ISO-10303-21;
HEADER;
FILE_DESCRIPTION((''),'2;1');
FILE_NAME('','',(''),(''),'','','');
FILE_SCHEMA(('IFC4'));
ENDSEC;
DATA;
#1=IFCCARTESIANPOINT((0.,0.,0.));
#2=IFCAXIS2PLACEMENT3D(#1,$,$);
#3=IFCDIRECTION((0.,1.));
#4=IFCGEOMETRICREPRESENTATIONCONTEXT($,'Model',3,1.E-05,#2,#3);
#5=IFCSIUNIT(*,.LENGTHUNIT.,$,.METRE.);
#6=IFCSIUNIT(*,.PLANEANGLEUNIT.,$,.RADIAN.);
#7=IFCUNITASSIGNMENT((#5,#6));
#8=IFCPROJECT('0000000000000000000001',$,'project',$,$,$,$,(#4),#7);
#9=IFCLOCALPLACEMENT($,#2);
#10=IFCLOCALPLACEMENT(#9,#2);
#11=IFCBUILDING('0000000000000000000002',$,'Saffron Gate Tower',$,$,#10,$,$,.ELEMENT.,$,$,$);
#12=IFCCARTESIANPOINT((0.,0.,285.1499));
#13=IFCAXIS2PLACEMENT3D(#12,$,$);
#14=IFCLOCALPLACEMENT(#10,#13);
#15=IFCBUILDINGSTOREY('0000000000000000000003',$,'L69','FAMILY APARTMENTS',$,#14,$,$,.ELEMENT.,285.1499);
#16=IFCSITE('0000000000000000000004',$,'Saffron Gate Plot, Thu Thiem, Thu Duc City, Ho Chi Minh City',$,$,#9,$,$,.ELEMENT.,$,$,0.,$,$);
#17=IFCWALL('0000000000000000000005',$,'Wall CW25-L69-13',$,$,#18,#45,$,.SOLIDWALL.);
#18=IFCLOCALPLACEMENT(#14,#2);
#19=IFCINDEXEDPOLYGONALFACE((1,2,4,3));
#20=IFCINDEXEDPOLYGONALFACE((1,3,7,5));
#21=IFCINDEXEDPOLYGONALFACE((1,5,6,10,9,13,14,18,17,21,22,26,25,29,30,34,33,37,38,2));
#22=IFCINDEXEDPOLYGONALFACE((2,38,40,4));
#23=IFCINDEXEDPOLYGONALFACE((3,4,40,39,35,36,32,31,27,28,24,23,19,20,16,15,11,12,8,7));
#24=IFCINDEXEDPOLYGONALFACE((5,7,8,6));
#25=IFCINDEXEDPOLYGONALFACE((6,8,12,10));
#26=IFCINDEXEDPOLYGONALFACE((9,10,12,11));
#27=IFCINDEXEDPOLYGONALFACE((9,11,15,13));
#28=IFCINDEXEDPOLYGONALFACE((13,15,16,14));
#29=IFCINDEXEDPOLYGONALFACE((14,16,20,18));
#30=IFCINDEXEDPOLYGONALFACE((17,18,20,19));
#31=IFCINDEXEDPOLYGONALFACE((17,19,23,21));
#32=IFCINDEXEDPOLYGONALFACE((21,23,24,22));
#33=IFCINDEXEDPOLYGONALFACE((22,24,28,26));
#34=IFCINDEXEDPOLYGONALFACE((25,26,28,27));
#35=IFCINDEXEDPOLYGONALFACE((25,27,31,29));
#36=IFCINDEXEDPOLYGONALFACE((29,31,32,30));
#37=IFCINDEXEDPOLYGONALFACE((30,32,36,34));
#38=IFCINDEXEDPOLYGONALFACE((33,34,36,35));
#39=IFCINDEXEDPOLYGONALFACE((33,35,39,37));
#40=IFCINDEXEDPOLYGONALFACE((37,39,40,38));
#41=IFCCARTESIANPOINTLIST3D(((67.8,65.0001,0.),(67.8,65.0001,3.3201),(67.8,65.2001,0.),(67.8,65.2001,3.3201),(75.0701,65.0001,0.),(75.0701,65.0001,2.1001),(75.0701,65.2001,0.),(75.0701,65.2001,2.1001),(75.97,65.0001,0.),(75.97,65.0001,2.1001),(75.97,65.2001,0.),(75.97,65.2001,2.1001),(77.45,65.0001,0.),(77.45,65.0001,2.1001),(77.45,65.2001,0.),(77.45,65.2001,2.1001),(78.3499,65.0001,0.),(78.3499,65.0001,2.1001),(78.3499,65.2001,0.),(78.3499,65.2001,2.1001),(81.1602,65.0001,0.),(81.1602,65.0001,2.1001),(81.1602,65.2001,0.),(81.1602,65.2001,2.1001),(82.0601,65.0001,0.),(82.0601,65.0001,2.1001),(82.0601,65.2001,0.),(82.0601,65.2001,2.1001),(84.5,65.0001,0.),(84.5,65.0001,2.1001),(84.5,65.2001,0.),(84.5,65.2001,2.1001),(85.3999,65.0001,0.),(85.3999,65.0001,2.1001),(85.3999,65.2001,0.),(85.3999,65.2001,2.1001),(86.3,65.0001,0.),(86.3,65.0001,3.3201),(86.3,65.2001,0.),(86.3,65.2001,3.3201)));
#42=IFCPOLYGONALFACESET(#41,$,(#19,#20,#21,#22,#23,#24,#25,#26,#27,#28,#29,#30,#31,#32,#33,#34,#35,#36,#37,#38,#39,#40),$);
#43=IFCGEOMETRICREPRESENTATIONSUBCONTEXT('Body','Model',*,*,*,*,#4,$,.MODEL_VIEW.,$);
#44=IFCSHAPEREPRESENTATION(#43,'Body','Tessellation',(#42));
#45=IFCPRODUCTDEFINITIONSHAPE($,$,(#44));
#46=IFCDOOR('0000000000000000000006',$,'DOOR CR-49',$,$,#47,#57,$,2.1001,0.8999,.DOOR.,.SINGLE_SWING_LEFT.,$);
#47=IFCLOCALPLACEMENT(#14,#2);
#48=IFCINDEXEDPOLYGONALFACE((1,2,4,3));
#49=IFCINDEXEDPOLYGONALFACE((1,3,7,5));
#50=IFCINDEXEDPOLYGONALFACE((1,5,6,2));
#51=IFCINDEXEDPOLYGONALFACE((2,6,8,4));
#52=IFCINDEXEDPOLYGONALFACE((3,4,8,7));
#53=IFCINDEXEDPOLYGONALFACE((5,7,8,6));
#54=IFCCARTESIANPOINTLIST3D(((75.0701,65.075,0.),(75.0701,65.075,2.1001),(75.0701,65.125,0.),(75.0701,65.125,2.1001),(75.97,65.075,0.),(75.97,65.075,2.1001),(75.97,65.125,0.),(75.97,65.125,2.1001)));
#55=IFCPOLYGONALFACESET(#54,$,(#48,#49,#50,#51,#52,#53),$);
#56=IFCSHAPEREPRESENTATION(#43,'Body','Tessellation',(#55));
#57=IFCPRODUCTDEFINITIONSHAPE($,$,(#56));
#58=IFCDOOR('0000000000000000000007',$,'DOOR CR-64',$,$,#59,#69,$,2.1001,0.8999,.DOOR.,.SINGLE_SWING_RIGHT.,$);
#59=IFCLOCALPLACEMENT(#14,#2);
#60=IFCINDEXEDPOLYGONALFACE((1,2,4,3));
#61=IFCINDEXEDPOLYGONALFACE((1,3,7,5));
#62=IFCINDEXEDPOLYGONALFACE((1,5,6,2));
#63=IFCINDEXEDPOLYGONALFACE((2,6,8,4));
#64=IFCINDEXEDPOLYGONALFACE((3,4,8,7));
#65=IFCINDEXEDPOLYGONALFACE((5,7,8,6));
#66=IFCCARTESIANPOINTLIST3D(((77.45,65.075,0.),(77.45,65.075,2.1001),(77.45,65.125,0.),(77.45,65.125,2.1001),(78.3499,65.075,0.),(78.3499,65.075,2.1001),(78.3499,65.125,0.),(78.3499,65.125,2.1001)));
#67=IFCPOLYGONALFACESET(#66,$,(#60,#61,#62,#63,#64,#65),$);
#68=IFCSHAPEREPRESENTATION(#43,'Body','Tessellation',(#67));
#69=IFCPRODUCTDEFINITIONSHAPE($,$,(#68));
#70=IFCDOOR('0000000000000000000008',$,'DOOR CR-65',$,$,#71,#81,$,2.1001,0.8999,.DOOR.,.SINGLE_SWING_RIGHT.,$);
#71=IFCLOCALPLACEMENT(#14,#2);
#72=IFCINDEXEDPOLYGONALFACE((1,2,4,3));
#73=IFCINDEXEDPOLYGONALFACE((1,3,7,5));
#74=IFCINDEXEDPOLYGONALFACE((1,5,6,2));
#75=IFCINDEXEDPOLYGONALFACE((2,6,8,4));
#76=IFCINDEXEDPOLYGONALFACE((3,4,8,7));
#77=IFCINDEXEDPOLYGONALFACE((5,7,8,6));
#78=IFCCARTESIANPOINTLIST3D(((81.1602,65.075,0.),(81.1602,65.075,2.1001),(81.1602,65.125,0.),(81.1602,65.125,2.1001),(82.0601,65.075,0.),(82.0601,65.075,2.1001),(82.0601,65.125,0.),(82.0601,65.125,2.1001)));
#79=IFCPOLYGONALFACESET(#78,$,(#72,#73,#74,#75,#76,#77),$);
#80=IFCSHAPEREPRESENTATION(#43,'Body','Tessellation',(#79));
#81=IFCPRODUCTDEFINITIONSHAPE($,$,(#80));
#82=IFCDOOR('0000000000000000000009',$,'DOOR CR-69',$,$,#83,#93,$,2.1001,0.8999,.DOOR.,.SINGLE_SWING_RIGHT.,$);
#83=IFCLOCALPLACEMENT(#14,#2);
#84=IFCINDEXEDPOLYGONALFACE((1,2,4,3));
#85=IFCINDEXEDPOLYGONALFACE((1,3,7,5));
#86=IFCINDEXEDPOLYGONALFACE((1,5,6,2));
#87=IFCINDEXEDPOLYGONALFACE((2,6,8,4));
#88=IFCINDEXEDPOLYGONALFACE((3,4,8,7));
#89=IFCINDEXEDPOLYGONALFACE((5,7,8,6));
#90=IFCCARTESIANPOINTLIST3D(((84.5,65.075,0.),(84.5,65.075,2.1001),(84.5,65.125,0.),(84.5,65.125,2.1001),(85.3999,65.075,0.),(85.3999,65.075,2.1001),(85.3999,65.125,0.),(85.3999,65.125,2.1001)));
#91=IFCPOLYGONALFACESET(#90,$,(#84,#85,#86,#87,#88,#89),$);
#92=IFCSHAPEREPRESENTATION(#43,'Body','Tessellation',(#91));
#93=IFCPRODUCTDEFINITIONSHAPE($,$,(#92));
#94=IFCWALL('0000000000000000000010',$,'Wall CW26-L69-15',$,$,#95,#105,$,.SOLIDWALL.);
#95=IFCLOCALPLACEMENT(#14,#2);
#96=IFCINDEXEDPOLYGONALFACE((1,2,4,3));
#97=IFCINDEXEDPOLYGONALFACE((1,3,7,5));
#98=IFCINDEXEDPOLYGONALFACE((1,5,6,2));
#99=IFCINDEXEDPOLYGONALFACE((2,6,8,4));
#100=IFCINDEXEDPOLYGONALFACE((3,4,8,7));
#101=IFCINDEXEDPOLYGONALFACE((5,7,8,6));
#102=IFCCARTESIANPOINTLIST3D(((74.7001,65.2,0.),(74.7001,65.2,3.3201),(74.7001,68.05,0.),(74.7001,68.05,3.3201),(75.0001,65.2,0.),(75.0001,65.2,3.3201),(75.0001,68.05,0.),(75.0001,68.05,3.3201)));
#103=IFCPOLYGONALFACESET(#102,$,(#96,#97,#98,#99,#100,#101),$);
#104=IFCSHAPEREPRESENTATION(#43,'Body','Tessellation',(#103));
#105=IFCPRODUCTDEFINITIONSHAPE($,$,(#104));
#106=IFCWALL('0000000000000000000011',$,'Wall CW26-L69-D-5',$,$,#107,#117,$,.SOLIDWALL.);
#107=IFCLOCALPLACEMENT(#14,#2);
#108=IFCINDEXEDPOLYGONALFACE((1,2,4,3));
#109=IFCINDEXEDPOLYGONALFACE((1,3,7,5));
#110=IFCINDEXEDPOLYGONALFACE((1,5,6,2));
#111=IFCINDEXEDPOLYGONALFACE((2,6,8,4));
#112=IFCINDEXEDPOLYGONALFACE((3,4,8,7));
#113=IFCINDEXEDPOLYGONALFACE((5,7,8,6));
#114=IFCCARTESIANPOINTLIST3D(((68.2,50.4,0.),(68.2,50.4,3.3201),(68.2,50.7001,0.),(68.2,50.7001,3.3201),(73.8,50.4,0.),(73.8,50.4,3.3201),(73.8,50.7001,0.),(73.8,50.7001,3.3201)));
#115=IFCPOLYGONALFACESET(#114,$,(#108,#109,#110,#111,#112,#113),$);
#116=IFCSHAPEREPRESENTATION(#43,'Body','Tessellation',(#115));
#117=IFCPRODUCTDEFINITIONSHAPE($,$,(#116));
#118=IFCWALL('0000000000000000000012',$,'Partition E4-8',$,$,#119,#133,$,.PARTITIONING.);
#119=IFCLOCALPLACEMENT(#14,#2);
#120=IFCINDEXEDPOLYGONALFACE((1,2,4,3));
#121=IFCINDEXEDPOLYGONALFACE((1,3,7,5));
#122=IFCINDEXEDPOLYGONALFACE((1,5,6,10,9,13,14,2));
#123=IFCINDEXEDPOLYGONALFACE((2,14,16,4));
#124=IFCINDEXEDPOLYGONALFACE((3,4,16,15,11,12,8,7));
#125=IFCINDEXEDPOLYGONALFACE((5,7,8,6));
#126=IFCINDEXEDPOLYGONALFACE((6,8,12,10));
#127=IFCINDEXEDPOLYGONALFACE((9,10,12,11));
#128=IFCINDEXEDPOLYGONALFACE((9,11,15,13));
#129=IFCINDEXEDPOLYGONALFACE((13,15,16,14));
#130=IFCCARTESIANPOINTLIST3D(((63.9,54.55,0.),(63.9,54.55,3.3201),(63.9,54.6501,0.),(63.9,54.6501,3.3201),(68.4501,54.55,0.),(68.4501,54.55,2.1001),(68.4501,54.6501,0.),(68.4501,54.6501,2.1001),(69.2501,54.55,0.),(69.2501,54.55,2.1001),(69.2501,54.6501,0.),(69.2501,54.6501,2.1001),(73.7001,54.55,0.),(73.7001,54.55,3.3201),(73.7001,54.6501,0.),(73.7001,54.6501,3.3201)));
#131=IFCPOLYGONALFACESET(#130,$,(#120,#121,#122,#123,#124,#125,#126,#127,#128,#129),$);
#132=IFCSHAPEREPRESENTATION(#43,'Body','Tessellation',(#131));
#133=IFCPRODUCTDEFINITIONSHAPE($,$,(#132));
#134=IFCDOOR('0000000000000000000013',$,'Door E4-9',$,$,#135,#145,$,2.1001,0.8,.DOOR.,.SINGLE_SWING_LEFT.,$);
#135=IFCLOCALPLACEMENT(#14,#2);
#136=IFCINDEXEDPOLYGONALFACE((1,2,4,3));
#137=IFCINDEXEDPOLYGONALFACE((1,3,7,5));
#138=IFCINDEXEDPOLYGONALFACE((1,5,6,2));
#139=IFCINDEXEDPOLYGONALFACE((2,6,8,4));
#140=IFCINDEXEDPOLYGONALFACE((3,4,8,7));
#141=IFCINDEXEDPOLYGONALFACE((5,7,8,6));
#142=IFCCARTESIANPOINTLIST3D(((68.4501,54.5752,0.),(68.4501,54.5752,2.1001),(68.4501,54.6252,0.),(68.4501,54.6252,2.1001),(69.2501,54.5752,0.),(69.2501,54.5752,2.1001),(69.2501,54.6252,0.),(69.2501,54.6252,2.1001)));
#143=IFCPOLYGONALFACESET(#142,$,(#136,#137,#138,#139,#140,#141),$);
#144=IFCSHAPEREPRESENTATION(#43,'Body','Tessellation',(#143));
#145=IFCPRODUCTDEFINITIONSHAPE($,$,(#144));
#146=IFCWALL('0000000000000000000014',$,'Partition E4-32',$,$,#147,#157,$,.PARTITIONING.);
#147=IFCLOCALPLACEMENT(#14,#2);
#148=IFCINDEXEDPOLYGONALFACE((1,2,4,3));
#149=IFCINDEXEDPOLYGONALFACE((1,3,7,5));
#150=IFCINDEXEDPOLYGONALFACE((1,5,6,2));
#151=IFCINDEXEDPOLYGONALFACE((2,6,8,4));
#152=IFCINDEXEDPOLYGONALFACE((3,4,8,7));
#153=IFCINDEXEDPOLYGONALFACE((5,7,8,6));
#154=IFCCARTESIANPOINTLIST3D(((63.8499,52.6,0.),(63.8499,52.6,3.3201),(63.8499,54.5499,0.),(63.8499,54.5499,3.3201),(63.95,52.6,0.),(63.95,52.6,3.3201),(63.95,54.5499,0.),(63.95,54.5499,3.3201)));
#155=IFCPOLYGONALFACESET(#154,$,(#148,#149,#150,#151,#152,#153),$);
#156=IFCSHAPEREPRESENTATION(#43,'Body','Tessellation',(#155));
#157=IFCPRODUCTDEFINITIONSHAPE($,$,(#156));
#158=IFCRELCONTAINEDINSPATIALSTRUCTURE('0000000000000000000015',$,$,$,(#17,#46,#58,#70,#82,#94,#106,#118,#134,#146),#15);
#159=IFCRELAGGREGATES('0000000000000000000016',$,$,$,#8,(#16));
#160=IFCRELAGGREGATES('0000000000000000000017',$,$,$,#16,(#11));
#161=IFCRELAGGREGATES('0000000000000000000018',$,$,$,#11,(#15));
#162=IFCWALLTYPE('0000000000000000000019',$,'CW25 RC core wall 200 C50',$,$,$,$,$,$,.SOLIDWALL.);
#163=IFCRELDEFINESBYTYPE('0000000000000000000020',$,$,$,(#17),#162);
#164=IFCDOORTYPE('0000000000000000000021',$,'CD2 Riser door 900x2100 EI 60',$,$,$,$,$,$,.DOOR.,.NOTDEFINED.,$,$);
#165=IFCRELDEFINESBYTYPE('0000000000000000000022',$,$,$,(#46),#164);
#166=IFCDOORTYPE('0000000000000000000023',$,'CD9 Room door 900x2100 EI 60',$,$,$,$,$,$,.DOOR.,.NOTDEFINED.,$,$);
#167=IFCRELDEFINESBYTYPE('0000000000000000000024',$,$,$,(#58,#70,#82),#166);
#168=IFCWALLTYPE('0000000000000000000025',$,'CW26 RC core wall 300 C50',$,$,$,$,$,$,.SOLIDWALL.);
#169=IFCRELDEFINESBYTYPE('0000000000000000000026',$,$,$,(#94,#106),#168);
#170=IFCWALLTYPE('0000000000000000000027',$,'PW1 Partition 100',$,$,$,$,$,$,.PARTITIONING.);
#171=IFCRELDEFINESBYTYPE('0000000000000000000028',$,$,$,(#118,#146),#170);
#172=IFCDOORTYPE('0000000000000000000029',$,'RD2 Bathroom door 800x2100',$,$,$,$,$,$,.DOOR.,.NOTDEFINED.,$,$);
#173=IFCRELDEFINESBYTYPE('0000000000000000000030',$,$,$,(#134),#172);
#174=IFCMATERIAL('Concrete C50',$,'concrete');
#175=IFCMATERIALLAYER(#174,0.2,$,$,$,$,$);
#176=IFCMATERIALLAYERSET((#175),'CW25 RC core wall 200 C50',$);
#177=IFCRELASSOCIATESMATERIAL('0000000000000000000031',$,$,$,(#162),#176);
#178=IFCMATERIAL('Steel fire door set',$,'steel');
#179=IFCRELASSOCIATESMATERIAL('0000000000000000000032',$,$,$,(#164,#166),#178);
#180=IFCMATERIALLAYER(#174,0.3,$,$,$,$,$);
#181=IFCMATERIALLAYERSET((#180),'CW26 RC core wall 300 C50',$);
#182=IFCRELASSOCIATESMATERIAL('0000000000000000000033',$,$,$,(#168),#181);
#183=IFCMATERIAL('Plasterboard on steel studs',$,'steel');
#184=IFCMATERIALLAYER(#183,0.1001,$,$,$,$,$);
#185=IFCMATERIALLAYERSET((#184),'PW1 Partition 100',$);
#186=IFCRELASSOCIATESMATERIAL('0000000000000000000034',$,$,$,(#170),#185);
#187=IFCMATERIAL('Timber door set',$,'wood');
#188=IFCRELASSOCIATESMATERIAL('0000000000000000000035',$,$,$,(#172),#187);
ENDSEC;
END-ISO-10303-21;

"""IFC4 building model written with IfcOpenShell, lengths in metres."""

from ifc_helpers import new_model, si_unit, direction, frame, frame_2d, origin, place, context, subcontext, project, spatial, rectangle, extrude, material, layer, layer_set, type_object, element, fill, save


model = new_model("IFC4")

# Units and contexts
model_context = context("Model", 3, precision=1e-05, world=origin(), true_north=direction((0.0, 1.0)))
body_context = subcontext(model_context, "Body", "Model", "MODEL_VIEW")
ifc_project = project(units=[si_unit("LENGTHUNIT", "METRE"), si_unit("PLANEANGLEUNIT", "RADIAN")], contexts=[model_context])

# Site, building, storey
site_placement = place(None, origin())
site = spatial("IfcSite", under=ifc_project, at=site_placement, Name="Saffron Gate Plot, Thu Thiem, Thu Duc City, Ho Chi Minh City", CompositionType="ELEMENT", RefElevation=0.0)
building_placement = place(site_placement, origin())
building = spatial("IfcBuilding", under=site, at=building_placement, Name="Saffron Gate Tower", CompositionType="ELEMENT")
storey_placement = place(building_placement, frame((0.0, 0.0, 285.1499)))
storey = spatial("IfcBuildingStorey", under=building, at=storey_placement, Name="L69", Description="FAMILY APARTMENTS", CompositionType="ELEMENT", Elevation=285.1499)

# Shared definitions
ifc_material_1 = material(Name="Concrete C50", Category="concrete")
ifc_material_2 = material(Name="Steel fire door set", Category="steel")

# Wall, openings, doors
ifc_layer_1 = layer(ifc_material_1, 0.2)
ifc_layer_set_1 = layer_set([ifc_layer_1], Name="CW25 RC core wall 200 C50")
wall_type_1 = type_object("IfcWallType", Name="CW25 RC core wall 200 C50", PredefinedType="SOLIDWALL", material=ifc_layer_set_1)
wall_1_placement = place(storey_placement, frame((67.8, 65.1001, 0.0), z_axis=(0.0, 0.0, 1.0), x_axis=(1.0, 0.0, 0.0)))
wall_1 = element("IfcWall", 1, at=wall_1_placement, inside=storey, type_object=wall_type_1, Name="Wall CW25-L69-13", PredefinedType="SOLIDWALL", context=body_context, shape_type="SweptSolid", body=[
    extrude(rectangle(XDim=18.5, YDim=0.2, at=frame_2d((9.25, 0.0))), origin(), (0.0, 0.0, 1.0), 3.3201),
])
opening_1_placement = place(wall_1_placement, frame((7.27, 0.0, 0.0)))
opening_1 = element("IfcOpeningElement", 2, at=opening_1_placement, cuts=wall_1, PredefinedType="OPENING", context=body_context, shape_type="SweptSolid", body=[
    extrude(rectangle(XDim=0.8999, YDim=2.1001, at=frame_2d((0.45, 1.05))), frame((0.0, 0.1099, 0.0), z_axis=(0.0, -1.0, 0.0), x_axis=(1.0, 0.0, 0.0)), (0.0, 0.0, 1.0), 0.22),
])
opening_2_placement = place(wall_1_placement, frame((9.6499, 0.0, 0.0)))
opening_2 = element("IfcOpeningElement", 3, at=opening_2_placement, cuts=wall_1, PredefinedType="OPENING", context=body_context, shape_type="SweptSolid", body=[
    extrude(rectangle(XDim=0.8999, YDim=2.1001, at=frame_2d((0.45, 1.05))), frame((0.0, 0.1099, 0.0), z_axis=(0.0, -1.0, 0.0), x_axis=(1.0, 0.0, 0.0)), (0.0, 0.0, 1.0), 0.22),
])
opening_3_placement = place(wall_1_placement, frame((13.3601, 0.0, 0.0)))
opening_3 = element("IfcOpeningElement", 4, at=opening_3_placement, cuts=wall_1, PredefinedType="OPENING", context=body_context, shape_type="SweptSolid", body=[
    extrude(rectangle(XDim=0.8999, YDim=2.1001, at=frame_2d((0.45, 1.05))), frame((0.0, 0.1099, 0.0), z_axis=(0.0, -1.0, 0.0), x_axis=(1.0, 0.0, 0.0)), (0.0, 0.0, 1.0), 0.22),
])
opening_4_placement = place(wall_1_placement, frame((16.7, 0.0, 0.0)))
opening_4 = element("IfcOpeningElement", 5, at=opening_4_placement, cuts=wall_1, PredefinedType="OPENING", context=body_context, shape_type="SweptSolid", body=[
    extrude(rectangle(XDim=0.8999, YDim=2.1001, at=frame_2d((0.45, 1.05))), frame((0.0, 0.1099, 0.0), z_axis=(0.0, -1.0, 0.0), x_axis=(1.0, 0.0, 0.0)), (0.0, 0.0, 1.0), 0.22),
])
door_type_1 = type_object("IfcDoorType", Name="CD2 Riser door 900x2100 EI 60", OperationType="NOTDEFINED", PredefinedType="DOOR", material=ifc_material_2)
door_1_placement = place(opening_1_placement, origin())
door_1 = element("IfcDoor", 6, at=door_1_placement, inside=storey, type_object=door_type_1, Name="DOOR CR-49", OperationType="SINGLE_SWING_LEFT", OverallHeight=2.1001, OverallWidth=0.8999, PredefinedType="DOOR", context=body_context, shape_type="SweptSolid", body=[
    extrude(rectangle(XDim=0.8999, YDim=2.1001, at=frame_2d((0.45, 1.05))), frame((0.0, 0.0249, 0.0), z_axis=(0.0, -1.0, 0.0), x_axis=(1.0, 0.0, 0.0)), (0.0, 0.0, 1.0), 0.05),
])
fill(opening_1, door_1)
door_type_2 = type_object("IfcDoorType", Name="CD9 Room door 900x2100 EI 60", OperationType="NOTDEFINED", PredefinedType="DOOR", material=ifc_material_2)
door_2_placement = place(opening_2_placement, origin())
door_2 = element("IfcDoor", 7, at=door_2_placement, inside=storey, type_object=door_type_2, Name="DOOR CR-64", OperationType="SINGLE_SWING_RIGHT", OverallHeight=2.1001, OverallWidth=0.8999, PredefinedType="DOOR", context=body_context, shape_type="SweptSolid", body=[
    extrude(rectangle(XDim=0.8999, YDim=2.1001, at=frame_2d((0.45, 1.05))), frame((0.0, 0.0249, 0.0), z_axis=(0.0, -1.0, 0.0), x_axis=(1.0, 0.0, 0.0)), (0.0, 0.0, 1.0), 0.05),
])
fill(opening_2, door_2)
door_3_placement = place(opening_3_placement, origin())
door_3 = element("IfcDoor", 8, at=door_3_placement, inside=storey, type_object=door_type_2, Name="DOOR CR-65", OperationType="SINGLE_SWING_RIGHT", OverallHeight=2.1001, OverallWidth=0.8999, PredefinedType="DOOR", context=body_context, shape_type="SweptSolid", body=[
    extrude(rectangle(XDim=0.8999, YDim=2.1001, at=frame_2d((0.45, 1.05))), frame((0.0, 0.0249, 0.0), z_axis=(0.0, -1.0, 0.0), x_axis=(1.0, 0.0, 0.0)), (0.0, 0.0, 1.0), 0.05),
])
fill(opening_3, door_3)
door_4_placement = place(opening_4_placement, origin())
door_4 = element("IfcDoor", 9, at=door_4_placement, inside=storey, type_object=door_type_2, Name="DOOR CR-69", OperationType="SINGLE_SWING_RIGHT", OverallHeight=2.1001, OverallWidth=0.8999, PredefinedType="DOOR", context=body_context, shape_type="SweptSolid", body=[
    extrude(rectangle(XDim=0.8999, YDim=2.1001, at=frame_2d((0.45, 1.05))), frame((0.0, 0.0249, 0.0), z_axis=(0.0, -1.0, 0.0), x_axis=(1.0, 0.0, 0.0)), (0.0, 0.0, 1.0), 0.05),
])
fill(opening_4, door_4)

# Walls
ifc_layer_2 = layer(ifc_material_1, 0.3)
ifc_layer_set_2 = layer_set([ifc_layer_2], Name="CW26 RC core wall 300 C50")
wall_type_2 = type_object("IfcWallType", Name="CW26 RC core wall 300 C50", PredefinedType="SOLIDWALL", material=ifc_layer_set_2)
wall_2_placement = place(storey_placement, frame((74.8501, 65.2, 0.0), z_axis=(0.0, 0.0, 1.0), x_axis=(0.0, 1.0, 0.0)))
element("IfcWall", 10, at=wall_2_placement, inside=storey, type_object=wall_type_2, Name="Wall CW26-L69-15", PredefinedType="SOLIDWALL", context=body_context, shape_type="SweptSolid", body=[
    extrude(rectangle(XDim=2.8501, YDim=0.3, at=frame_2d((1.425, 0.0))), origin(), (0.0, 0.0, 1.0), 3.3201),
])
wall_3_placement = place(storey_placement, frame((68.2, 50.55, 0.0), z_axis=(0.0, 0.0, 1.0), x_axis=(1.0, 0.0, 0.0)))
element("IfcWall", 11, at=wall_3_placement, inside=storey, type_object=wall_type_2, Name="Wall CW26-L69-D-5", PredefinedType="SOLIDWALL", context=body_context, shape_type="SweptSolid", body=[
    extrude(rectangle(XDim=5.6001, YDim=0.3, at=frame_2d((2.8, 0.0))), origin(), (0.0, 0.0, 1.0), 3.3201),
])

# Wall, opening, door
ifc_material_3 = material(Name="Plasterboard on steel studs", Category="steel")
ifc_layer_3 = layer(ifc_material_3, 0.1001)
ifc_layer_set_3 = layer_set([ifc_layer_3], Name="PW1 Partition 100")
wall_type_3 = type_object("IfcWallType", Name="PW1 Partition 100", PredefinedType="PARTITIONING", material=ifc_layer_set_3)
wall_4_placement = place(storey_placement, frame((73.7, 54.6001, 0.0), z_axis=(0.0, 0.0, 1.0), x_axis=(-1.0, 0.0, 0.0)))
wall_4 = element("IfcWall", 12, at=wall_4_placement, inside=storey, type_object=wall_type_3, Name="Partition E4-8", PredefinedType="PARTITIONING", context=body_context, shape_type="SweptSolid", body=[
    extrude(rectangle(XDim=9.8, YDim=0.1001, at=frame_2d((4.8999, 0.0))), origin(), (0.0, 0.0, 1.0), 3.3201),
])
opening_5_placement = place(wall_4_placement, frame((4.45, 0.0, 0.0)))
opening_5 = element("IfcOpeningElement", 13, at=opening_5_placement, cuts=wall_4, PredefinedType="OPENING", context=body_context, shape_type="SweptSolid", body=[
    extrude(rectangle(XDim=0.8, YDim=2.1001, at=frame_2d((0.3999, 1.05))), frame((0.0, 0.0601, 0.0), z_axis=(0.0, -1.0, 0.0), x_axis=(1.0, 0.0, 0.0)), (0.0, 0.0, 1.0), 0.1201),
])
ifc_material_4 = material(Name="Timber door set", Category="wood")
door_type_3 = type_object("IfcDoorType", Name="RD2 Bathroom door 800x2100", OperationType="NOTDEFINED", PredefinedType="DOOR", material=ifc_material_4)
door_5_placement = place(opening_5_placement, origin())
door_5 = element("IfcDoor", 14, at=door_5_placement, inside=storey, type_object=door_type_3, Name="Door E4-9", OperationType="SINGLE_SWING_LEFT", OverallHeight=2.1001, OverallWidth=0.8, PredefinedType="DOOR", context=body_context, shape_type="SweptSolid", body=[
    extrude(rectangle(XDim=0.8, YDim=2.1001, at=frame_2d((0.3999, 1.05))), frame((0.0, 0.0249, 0.0), z_axis=(0.0, -1.0, 0.0), x_axis=(1.0, 0.0, 0.0)), (0.0, 0.0, 1.0), 0.05),
])
fill(opening_5, door_5)

# Wall
wall_5_placement = place(storey_placement, frame((63.8999, 54.55, 0.0), z_axis=(0.0, 0.0, 1.0), x_axis=(0.0, -1.0, 0.0)))
element("IfcWall", 15, at=wall_5_placement, inside=storey, type_object=wall_type_3, Name="Partition E4-32", PredefinedType="PARTITIONING", context=body_context, shape_type="SweptSolid", body=[
    extrude(rectangle(XDim=1.95, YDim=0.1001, at=frame_2d((0.9751, 0.0))), origin(), (0.0, 0.0, 1.0), 3.3201),
])

save(model, "model.ifc")
